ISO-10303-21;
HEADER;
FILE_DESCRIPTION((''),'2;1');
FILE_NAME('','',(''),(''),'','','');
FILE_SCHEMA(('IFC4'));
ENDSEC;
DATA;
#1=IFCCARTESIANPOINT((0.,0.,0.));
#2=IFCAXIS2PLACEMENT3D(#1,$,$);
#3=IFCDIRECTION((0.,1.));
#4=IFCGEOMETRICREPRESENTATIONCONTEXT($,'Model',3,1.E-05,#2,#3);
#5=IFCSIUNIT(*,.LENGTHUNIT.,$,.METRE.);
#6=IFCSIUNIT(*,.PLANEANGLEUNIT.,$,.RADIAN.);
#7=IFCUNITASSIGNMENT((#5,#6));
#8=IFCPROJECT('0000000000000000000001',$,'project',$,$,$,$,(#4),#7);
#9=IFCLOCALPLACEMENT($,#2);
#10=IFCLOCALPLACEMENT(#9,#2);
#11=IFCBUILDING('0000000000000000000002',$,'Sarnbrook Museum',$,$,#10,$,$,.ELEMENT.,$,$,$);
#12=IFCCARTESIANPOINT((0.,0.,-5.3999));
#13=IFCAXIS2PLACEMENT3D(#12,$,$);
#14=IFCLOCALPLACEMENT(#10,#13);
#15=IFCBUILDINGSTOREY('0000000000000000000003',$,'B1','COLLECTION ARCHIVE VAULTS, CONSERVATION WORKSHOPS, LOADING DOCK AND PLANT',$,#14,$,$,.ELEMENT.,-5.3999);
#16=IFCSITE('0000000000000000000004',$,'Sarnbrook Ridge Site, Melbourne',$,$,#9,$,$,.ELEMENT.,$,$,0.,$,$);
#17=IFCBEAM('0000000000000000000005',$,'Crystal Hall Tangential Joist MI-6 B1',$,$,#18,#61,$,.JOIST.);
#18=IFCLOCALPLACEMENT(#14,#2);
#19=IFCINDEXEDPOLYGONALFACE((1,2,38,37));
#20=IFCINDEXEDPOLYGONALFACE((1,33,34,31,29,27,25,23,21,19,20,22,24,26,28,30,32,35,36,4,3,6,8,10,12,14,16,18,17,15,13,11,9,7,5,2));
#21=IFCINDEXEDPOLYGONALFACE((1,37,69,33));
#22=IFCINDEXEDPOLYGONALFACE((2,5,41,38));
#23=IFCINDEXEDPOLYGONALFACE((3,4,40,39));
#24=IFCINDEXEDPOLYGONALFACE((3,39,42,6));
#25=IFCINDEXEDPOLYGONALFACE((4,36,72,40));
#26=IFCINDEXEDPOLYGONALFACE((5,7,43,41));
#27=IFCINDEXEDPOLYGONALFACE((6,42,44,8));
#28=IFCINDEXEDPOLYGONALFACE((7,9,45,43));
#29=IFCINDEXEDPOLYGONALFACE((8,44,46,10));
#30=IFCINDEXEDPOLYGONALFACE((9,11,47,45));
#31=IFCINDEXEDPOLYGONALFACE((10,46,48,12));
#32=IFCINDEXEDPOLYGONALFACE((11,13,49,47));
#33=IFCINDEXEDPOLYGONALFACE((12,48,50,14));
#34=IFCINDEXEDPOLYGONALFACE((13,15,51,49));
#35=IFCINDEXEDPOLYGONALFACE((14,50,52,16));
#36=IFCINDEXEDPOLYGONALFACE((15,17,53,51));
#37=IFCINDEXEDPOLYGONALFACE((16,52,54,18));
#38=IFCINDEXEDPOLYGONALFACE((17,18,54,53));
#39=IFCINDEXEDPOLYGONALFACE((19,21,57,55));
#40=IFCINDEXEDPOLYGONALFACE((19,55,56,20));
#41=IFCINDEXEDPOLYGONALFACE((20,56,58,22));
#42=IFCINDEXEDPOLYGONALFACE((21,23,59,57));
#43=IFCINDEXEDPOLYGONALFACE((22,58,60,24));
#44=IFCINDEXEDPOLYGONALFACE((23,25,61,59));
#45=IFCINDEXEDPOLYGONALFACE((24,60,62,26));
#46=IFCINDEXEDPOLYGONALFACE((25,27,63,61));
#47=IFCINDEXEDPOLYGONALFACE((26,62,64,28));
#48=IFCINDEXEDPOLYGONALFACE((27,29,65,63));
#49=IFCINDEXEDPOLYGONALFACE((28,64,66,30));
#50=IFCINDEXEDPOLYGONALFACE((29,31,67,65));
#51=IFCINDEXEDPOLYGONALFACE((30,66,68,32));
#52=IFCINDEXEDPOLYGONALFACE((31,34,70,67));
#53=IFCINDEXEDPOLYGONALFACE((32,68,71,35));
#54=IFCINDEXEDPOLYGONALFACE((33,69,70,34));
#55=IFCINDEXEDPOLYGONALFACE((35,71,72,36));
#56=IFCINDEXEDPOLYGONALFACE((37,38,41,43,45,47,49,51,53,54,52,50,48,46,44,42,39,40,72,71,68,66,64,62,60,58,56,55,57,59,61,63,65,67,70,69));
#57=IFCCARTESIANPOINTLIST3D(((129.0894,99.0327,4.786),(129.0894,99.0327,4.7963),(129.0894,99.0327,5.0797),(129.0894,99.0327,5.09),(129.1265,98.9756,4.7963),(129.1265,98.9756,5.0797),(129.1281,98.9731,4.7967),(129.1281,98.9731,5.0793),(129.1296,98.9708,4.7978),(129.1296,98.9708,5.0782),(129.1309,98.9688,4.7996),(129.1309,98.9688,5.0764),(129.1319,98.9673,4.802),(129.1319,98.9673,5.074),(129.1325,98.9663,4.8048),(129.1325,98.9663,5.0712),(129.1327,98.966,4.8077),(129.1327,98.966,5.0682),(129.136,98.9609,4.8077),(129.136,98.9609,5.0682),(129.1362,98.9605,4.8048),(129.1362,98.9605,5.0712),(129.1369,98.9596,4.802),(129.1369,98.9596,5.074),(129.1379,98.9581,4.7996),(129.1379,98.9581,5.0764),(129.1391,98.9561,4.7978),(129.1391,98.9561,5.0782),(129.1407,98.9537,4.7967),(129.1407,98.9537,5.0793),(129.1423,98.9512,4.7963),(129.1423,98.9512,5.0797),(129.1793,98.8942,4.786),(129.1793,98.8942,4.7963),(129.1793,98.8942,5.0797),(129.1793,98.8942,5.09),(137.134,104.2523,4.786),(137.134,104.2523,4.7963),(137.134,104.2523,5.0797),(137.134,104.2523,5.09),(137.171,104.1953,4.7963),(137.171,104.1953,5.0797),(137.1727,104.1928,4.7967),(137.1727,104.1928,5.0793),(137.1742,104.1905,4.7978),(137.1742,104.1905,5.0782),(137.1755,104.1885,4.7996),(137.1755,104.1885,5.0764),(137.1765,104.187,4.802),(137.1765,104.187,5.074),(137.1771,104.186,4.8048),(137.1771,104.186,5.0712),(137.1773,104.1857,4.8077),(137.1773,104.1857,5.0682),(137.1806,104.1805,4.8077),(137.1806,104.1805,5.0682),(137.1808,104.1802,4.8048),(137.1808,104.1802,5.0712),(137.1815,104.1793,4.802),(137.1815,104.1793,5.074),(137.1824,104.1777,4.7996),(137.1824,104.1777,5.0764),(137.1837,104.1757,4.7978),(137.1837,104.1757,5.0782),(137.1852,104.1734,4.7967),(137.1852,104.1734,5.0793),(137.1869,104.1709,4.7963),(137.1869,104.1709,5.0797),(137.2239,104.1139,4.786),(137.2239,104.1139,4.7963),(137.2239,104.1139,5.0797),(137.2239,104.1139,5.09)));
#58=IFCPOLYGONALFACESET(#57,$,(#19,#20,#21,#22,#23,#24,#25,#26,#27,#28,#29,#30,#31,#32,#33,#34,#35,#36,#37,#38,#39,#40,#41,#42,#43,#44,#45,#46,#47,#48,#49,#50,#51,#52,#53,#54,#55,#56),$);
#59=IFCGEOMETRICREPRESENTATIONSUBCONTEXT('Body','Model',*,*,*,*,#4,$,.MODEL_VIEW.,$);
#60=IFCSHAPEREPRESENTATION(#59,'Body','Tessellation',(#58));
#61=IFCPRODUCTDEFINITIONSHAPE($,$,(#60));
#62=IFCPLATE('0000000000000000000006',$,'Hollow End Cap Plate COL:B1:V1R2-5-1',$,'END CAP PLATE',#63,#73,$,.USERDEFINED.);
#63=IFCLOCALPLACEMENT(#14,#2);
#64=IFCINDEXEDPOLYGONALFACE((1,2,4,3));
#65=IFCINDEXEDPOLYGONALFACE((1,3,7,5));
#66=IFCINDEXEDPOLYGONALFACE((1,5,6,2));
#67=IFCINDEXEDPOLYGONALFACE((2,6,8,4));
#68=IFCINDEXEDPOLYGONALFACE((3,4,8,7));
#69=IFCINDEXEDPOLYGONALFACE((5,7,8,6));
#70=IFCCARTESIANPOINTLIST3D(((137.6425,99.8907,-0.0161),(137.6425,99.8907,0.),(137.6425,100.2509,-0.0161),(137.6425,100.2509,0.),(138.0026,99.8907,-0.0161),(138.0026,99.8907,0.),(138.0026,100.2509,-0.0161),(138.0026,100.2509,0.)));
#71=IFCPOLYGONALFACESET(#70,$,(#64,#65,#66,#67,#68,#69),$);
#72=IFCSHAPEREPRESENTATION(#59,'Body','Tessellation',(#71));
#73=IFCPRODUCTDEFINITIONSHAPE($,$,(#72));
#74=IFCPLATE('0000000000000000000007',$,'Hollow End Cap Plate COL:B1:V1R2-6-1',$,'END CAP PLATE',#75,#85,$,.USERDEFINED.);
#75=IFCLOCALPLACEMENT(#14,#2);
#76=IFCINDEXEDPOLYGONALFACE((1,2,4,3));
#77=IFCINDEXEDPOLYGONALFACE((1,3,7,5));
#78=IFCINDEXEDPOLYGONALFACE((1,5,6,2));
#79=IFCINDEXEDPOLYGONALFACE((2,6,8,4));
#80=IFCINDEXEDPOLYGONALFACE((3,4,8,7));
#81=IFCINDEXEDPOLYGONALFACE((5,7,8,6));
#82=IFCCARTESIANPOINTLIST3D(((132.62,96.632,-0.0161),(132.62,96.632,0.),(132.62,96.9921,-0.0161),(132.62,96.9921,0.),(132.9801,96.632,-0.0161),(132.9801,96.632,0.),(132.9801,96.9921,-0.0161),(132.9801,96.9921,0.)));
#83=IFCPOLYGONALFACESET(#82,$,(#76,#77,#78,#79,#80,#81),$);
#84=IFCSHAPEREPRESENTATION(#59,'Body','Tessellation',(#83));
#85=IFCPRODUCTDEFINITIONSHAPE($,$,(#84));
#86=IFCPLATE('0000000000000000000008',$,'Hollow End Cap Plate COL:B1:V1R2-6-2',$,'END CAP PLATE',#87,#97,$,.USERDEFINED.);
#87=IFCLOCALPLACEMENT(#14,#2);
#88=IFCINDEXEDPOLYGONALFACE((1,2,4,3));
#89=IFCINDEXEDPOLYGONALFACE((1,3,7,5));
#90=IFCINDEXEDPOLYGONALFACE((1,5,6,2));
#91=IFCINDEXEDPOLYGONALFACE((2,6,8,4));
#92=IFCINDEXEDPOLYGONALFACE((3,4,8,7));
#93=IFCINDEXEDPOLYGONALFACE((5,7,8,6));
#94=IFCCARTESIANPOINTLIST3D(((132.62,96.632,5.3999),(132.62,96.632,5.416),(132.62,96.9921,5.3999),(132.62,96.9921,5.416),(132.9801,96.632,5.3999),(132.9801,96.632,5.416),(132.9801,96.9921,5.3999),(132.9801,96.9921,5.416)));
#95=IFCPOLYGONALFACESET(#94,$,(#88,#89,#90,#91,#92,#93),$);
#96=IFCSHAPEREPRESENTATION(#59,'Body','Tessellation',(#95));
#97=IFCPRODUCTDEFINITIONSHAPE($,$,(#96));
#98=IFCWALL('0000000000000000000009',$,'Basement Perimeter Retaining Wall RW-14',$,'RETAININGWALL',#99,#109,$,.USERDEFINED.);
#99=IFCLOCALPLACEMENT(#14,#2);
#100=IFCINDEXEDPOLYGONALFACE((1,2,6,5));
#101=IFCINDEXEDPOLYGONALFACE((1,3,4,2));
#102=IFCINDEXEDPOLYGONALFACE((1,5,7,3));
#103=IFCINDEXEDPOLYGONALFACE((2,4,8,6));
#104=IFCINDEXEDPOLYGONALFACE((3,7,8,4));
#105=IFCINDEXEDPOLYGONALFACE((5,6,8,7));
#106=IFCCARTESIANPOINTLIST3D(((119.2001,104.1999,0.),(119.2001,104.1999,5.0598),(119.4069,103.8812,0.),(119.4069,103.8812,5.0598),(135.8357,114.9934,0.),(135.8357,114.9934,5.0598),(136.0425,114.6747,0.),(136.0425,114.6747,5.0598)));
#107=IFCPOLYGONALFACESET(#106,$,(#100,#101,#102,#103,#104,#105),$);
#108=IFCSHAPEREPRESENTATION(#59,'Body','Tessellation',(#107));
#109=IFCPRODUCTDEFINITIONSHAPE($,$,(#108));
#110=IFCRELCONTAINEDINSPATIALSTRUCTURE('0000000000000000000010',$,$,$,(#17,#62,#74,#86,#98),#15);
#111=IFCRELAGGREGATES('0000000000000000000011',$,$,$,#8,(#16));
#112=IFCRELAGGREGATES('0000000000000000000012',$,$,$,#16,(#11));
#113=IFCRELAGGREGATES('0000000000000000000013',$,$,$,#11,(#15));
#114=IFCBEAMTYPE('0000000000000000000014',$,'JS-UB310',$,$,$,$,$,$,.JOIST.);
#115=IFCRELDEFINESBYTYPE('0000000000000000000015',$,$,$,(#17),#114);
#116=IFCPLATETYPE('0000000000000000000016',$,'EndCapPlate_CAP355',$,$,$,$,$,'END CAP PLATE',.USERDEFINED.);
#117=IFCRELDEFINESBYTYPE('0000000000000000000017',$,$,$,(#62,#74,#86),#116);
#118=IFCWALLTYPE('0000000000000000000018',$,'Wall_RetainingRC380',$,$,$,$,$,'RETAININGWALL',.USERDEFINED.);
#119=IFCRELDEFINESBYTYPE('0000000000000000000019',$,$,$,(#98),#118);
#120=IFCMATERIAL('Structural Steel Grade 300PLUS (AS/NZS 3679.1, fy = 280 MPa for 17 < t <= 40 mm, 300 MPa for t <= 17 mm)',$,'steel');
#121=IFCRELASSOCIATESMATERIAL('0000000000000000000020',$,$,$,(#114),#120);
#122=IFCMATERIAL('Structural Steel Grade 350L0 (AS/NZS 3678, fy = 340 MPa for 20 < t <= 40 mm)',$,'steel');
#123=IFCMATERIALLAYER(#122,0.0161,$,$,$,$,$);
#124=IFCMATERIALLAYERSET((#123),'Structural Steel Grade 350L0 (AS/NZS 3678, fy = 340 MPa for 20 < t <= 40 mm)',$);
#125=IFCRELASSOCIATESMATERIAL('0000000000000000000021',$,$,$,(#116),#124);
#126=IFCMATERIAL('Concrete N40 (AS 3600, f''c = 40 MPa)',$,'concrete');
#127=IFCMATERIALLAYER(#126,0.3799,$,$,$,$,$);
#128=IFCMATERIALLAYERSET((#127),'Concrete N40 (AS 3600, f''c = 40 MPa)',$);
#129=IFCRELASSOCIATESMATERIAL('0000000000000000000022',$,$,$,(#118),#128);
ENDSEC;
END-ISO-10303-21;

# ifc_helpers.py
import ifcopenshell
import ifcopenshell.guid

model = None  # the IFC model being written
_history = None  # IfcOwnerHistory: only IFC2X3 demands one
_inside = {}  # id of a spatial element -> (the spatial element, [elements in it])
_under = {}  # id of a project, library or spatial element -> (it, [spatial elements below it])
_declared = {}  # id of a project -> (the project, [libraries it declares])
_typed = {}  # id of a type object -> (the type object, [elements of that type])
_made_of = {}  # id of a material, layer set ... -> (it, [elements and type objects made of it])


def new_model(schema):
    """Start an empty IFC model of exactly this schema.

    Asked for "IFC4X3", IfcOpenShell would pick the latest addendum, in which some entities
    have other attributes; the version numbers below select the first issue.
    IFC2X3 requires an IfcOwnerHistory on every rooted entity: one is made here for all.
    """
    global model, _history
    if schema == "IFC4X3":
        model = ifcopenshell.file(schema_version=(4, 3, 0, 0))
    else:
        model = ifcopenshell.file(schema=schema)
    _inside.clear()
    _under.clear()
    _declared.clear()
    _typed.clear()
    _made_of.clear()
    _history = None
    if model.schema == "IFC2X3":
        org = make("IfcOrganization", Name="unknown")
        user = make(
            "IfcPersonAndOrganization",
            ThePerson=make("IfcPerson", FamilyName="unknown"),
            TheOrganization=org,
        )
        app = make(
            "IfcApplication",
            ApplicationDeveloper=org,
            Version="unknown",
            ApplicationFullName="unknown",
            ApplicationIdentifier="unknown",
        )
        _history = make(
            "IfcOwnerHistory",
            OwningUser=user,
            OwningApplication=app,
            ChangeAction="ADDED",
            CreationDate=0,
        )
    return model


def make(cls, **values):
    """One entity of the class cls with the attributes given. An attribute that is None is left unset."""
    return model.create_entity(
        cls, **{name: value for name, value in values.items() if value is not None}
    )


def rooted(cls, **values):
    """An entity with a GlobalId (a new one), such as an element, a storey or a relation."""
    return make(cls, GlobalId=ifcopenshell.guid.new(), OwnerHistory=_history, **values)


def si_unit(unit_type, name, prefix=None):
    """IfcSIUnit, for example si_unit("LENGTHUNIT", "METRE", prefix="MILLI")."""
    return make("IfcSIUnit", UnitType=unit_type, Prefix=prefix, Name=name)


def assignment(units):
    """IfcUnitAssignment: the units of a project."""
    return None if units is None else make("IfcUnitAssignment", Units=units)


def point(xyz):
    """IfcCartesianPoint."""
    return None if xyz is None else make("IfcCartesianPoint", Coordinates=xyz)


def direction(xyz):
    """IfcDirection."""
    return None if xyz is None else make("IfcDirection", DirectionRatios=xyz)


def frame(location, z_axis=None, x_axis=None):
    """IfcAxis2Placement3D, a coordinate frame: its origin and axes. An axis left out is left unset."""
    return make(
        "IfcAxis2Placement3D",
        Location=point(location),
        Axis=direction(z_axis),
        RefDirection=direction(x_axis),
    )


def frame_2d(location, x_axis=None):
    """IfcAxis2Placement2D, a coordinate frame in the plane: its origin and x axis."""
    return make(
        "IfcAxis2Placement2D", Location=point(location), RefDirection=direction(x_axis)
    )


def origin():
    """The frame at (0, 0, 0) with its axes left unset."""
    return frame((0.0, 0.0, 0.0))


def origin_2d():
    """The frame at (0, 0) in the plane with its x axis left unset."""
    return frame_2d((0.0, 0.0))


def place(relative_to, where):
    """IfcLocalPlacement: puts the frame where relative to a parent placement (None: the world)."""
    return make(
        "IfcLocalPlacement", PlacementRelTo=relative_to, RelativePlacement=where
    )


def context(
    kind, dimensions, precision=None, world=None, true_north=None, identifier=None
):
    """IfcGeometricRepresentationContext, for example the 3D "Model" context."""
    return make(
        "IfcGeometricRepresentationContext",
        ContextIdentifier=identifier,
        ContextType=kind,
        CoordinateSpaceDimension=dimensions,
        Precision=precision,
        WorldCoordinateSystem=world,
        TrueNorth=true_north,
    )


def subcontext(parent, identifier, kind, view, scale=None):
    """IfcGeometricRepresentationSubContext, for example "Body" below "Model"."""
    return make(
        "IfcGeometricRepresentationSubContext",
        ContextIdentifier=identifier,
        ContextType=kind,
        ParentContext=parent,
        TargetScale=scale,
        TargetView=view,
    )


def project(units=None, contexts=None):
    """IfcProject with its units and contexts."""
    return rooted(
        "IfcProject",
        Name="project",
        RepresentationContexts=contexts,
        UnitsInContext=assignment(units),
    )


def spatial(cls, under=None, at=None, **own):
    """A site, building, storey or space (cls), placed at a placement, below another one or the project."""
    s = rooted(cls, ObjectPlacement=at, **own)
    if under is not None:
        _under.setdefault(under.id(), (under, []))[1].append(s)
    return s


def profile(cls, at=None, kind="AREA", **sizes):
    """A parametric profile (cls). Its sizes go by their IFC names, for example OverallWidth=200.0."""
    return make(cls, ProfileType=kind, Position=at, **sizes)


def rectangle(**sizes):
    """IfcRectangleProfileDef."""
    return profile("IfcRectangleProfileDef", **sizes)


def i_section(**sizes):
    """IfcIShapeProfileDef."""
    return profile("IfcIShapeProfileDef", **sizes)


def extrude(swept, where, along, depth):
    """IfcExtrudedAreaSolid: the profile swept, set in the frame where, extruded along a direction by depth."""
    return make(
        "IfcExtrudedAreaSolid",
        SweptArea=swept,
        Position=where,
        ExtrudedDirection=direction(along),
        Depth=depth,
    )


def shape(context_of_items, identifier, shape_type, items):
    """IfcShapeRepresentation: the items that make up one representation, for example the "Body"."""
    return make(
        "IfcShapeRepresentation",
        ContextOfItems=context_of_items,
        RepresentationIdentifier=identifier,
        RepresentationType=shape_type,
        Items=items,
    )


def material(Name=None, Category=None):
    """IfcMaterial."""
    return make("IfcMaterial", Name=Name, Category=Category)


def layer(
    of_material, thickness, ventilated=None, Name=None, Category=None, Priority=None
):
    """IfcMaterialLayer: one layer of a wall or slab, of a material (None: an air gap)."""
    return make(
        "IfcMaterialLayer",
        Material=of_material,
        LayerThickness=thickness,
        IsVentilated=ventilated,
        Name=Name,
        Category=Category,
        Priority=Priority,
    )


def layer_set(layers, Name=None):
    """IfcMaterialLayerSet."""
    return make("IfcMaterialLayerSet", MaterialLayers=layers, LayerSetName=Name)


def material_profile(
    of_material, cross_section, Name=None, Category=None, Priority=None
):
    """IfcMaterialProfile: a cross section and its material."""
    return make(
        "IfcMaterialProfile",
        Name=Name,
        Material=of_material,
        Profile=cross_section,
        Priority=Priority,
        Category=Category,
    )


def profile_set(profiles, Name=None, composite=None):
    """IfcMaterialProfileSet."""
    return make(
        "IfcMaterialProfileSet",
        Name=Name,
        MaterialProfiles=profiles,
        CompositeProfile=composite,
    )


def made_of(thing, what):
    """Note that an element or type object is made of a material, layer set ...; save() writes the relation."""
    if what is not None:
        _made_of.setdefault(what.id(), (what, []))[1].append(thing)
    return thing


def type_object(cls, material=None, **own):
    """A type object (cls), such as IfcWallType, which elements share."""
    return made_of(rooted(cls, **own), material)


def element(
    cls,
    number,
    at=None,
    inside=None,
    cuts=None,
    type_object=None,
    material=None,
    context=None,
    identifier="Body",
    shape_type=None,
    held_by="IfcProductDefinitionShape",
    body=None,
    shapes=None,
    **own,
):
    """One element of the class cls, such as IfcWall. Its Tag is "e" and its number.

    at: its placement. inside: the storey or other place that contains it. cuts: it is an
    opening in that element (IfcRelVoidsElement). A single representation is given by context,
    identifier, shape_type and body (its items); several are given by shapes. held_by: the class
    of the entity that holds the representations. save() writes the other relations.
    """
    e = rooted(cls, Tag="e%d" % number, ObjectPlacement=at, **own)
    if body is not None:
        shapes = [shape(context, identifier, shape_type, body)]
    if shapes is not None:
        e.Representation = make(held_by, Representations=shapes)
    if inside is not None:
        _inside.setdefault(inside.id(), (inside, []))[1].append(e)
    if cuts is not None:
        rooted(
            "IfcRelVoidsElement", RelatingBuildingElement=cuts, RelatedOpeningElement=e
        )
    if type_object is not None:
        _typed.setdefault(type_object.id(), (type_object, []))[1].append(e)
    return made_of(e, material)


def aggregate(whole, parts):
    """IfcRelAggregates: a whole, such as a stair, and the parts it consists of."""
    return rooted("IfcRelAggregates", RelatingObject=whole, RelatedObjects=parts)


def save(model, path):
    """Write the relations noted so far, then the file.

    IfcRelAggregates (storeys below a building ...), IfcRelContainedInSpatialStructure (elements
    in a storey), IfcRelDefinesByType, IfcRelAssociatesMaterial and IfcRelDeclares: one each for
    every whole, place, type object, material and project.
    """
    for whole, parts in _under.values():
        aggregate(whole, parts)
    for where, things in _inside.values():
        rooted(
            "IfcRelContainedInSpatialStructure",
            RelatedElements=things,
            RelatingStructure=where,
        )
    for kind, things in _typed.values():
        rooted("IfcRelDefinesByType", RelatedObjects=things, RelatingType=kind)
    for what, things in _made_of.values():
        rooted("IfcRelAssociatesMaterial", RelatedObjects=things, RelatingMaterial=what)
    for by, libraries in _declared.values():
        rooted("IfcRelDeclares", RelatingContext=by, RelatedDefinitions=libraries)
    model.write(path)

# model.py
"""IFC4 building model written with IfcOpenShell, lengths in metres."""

from ifc_helpers import new_model, si_unit, direction, frame, frame_2d, origin, origin_2d, place, context, subcontext, project, spatial, rectangle, i_section, extrude, material, layer, layer_set, material_profile, profile_set, type_object, element, save


model = new_model("IFC4")

# Units and contexts
model_context = context("Model", 3, precision=1e-05, world=origin(), true_north=direction((0.0, 1.0)))
body_context = subcontext(model_context, "Body", "Model", "MODEL_VIEW")
ifc_project = project(units=[si_unit("LENGTHUNIT", "METRE"), si_unit("PLANEANGLEUNIT", "RADIAN")], contexts=[model_context])

# Site, building, storey
site_placement = place(None, origin())
site = spatial("IfcSite", under=ifc_project, at=site_placement, Name="Sarnbrook Ridge Site, Melbourne", CompositionType="ELEMENT", RefElevation=0.0)
building_placement = place(site_placement, origin())
building = spatial("IfcBuilding", under=site, at=building_placement, Name="Sarnbrook Museum", CompositionType="ELEMENT")
storey_placement = place(building_placement, frame((0.0, 0.0, -5.3999)))
storey = spatial("IfcBuildingStorey", under=building, at=storey_placement, Name="B1", Description="COLLECTION ARCHIVE VAULTS, CONSERVATION WORKSHOPS, LOADING DOCK AND PLANT", CompositionType="ELEMENT", Elevation=-5.3999)

# Shared definitions
ifc_material_1 = material(Name="Concrete N40 (AS 3600, f'c = 40 MPa)", Category="concrete")

# Shared definitions
ifc_material_2 = material(Name="Structural Steel Grade 350L0 (AS/NZS 3678, fy = 340 MPa for 20 < t <= 40 mm)", Category="steel")

# Beam
ifc_material_3 = material(Name="Structural Steel Grade 300PLUS (AS/NZS 3679.1, fy = 280 MPa for 17 < t <= 40 mm, 300 MPa for t <= 17 mm)", Category="steel")
ifc_material_profile_1 = material_profile(ifc_material_3, i_section(OverallWidth=0.165, OverallDepth=0.304, WebThickness=0.0061, FlangeThickness=0.0103, FilletRadius=0.0115, at=origin_2d()), Name="310UB40.4")
ifc_profile_set_1 = profile_set([ifc_material_profile_1], Name="Structural Steel Grade 300PLUS (AS/NZS 3679.1, fy = 280 MPa for 17 < t <= 40 mm, 300 MPa for t <= 17 mm)")
beam_type_1 = type_object("IfcBeamType", Name="JS-UB310", PredefinedType="JOIST", material=ifc_profile_set_1)
beam_1_placement = place(storey_placement, frame((137.179, 104.1831, 4.938), z_axis=(-0.838887, -0.544305, 0.0), x_axis=(0.544305, -0.838887, 0.0)))
element("IfcBeam", 1, at=beam_1_placement, inside=storey, type_object=beam_type_1, Name="Crystal Hall Tangential Joist MI-6 B1", PredefinedType="JOIST", context=body_context, shape_type="SweptSolid", body=[
    extrude(i_section(OverallWidth=0.165, OverallDepth=0.304, WebThickness=0.0061, FlangeThickness=0.0103, FilletRadius=0.0115, at=origin_2d()), origin(), (0.0, 0.0, 1.0), 9.5896),
])

# Plates
ifc_layer_1 = layer(ifc_material_2, 0.0161)
ifc_layer_set_1 = layer_set([ifc_layer_1], Name="Structural Steel Grade 350L0 (AS/NZS 3678, fy = 340 MPa for 20 < t <= 40 mm)")
plate_type = type_object("IfcPlateType", Name="EndCapPlate_CAP355", ElementType="END CAP PLATE", PredefinedType="USERDEFINED", material=ifc_layer_set_1)
for number, where, z_axis, x_axis, name in (
    (2, (137.8225, 100.0708, -0.0161), (0.0, 0.0, 1.0), (1.0, 0.0, 0.0), "Hollow End Cap Plate COL:B1:V1R2-5-1"),
    (3, (132.8, 96.812, -0.0161), (0.0, 0.0, 1.0), (1.0, 0.0, 0.0), "Hollow End Cap Plate COL:B1:V1R2-6-1"),
    (4, (132.8, 96.812, 5.3999), (0.0, 0.0, 1.0), (1.0, 0.0, 0.0), "Hollow End Cap Plate COL:B1:V1R2-6-2"),
):
    element("IfcPlate", number, at=place(storey_placement, frame(where, z_axis=z_axis, x_axis=x_axis)), inside=storey, type_object=plate_type, Name=name, ObjectType="END CAP PLATE", PredefinedType="USERDEFINED", context=body_context, shape_type="SweptSolid", body=[
        extrude(rectangle(XDim=0.3601, YDim=0.3601, at=origin_2d()), origin(), (0.0, 0.0, 1.0), 0.0161),
    ])

# Wall
ifc_layer_2 = layer(ifc_material_1, 0.3799)
ifc_layer_set_2 = layer_set([ifc_layer_2], Name="Concrete N40 (AS 3600, f'c = 40 MPa)")
wall_type_1 = type_object("IfcWallType", Name="Wall_RetainingRC380", ElementType="RETAININGWALL", PredefinedType="USERDEFINED", material=ifc_layer_set_2)
wall_1_placement = place(storey_placement, frame((135.939, 114.834, 0.0), z_axis=(0.0, 0.0, 1.0), x_axis=(-0.838895, -0.544293, 0.0)))
element("IfcWall", 5, at=wall_1_placement, inside=storey, type_object=wall_type_1, Name="Basement Perimeter Retaining Wall RW-14", ObjectType="RETAININGWALL", PredefinedType="USERDEFINED", context=body_context, shape_type="SweptSolid", body=[
    extrude(rectangle(XDim=19.8303, YDim=0.3799, at=frame_2d((9.915, 0.0))), origin(), (0.0, 0.0, 1.0), 5.0598),
])

save(model, "model.ifc")
